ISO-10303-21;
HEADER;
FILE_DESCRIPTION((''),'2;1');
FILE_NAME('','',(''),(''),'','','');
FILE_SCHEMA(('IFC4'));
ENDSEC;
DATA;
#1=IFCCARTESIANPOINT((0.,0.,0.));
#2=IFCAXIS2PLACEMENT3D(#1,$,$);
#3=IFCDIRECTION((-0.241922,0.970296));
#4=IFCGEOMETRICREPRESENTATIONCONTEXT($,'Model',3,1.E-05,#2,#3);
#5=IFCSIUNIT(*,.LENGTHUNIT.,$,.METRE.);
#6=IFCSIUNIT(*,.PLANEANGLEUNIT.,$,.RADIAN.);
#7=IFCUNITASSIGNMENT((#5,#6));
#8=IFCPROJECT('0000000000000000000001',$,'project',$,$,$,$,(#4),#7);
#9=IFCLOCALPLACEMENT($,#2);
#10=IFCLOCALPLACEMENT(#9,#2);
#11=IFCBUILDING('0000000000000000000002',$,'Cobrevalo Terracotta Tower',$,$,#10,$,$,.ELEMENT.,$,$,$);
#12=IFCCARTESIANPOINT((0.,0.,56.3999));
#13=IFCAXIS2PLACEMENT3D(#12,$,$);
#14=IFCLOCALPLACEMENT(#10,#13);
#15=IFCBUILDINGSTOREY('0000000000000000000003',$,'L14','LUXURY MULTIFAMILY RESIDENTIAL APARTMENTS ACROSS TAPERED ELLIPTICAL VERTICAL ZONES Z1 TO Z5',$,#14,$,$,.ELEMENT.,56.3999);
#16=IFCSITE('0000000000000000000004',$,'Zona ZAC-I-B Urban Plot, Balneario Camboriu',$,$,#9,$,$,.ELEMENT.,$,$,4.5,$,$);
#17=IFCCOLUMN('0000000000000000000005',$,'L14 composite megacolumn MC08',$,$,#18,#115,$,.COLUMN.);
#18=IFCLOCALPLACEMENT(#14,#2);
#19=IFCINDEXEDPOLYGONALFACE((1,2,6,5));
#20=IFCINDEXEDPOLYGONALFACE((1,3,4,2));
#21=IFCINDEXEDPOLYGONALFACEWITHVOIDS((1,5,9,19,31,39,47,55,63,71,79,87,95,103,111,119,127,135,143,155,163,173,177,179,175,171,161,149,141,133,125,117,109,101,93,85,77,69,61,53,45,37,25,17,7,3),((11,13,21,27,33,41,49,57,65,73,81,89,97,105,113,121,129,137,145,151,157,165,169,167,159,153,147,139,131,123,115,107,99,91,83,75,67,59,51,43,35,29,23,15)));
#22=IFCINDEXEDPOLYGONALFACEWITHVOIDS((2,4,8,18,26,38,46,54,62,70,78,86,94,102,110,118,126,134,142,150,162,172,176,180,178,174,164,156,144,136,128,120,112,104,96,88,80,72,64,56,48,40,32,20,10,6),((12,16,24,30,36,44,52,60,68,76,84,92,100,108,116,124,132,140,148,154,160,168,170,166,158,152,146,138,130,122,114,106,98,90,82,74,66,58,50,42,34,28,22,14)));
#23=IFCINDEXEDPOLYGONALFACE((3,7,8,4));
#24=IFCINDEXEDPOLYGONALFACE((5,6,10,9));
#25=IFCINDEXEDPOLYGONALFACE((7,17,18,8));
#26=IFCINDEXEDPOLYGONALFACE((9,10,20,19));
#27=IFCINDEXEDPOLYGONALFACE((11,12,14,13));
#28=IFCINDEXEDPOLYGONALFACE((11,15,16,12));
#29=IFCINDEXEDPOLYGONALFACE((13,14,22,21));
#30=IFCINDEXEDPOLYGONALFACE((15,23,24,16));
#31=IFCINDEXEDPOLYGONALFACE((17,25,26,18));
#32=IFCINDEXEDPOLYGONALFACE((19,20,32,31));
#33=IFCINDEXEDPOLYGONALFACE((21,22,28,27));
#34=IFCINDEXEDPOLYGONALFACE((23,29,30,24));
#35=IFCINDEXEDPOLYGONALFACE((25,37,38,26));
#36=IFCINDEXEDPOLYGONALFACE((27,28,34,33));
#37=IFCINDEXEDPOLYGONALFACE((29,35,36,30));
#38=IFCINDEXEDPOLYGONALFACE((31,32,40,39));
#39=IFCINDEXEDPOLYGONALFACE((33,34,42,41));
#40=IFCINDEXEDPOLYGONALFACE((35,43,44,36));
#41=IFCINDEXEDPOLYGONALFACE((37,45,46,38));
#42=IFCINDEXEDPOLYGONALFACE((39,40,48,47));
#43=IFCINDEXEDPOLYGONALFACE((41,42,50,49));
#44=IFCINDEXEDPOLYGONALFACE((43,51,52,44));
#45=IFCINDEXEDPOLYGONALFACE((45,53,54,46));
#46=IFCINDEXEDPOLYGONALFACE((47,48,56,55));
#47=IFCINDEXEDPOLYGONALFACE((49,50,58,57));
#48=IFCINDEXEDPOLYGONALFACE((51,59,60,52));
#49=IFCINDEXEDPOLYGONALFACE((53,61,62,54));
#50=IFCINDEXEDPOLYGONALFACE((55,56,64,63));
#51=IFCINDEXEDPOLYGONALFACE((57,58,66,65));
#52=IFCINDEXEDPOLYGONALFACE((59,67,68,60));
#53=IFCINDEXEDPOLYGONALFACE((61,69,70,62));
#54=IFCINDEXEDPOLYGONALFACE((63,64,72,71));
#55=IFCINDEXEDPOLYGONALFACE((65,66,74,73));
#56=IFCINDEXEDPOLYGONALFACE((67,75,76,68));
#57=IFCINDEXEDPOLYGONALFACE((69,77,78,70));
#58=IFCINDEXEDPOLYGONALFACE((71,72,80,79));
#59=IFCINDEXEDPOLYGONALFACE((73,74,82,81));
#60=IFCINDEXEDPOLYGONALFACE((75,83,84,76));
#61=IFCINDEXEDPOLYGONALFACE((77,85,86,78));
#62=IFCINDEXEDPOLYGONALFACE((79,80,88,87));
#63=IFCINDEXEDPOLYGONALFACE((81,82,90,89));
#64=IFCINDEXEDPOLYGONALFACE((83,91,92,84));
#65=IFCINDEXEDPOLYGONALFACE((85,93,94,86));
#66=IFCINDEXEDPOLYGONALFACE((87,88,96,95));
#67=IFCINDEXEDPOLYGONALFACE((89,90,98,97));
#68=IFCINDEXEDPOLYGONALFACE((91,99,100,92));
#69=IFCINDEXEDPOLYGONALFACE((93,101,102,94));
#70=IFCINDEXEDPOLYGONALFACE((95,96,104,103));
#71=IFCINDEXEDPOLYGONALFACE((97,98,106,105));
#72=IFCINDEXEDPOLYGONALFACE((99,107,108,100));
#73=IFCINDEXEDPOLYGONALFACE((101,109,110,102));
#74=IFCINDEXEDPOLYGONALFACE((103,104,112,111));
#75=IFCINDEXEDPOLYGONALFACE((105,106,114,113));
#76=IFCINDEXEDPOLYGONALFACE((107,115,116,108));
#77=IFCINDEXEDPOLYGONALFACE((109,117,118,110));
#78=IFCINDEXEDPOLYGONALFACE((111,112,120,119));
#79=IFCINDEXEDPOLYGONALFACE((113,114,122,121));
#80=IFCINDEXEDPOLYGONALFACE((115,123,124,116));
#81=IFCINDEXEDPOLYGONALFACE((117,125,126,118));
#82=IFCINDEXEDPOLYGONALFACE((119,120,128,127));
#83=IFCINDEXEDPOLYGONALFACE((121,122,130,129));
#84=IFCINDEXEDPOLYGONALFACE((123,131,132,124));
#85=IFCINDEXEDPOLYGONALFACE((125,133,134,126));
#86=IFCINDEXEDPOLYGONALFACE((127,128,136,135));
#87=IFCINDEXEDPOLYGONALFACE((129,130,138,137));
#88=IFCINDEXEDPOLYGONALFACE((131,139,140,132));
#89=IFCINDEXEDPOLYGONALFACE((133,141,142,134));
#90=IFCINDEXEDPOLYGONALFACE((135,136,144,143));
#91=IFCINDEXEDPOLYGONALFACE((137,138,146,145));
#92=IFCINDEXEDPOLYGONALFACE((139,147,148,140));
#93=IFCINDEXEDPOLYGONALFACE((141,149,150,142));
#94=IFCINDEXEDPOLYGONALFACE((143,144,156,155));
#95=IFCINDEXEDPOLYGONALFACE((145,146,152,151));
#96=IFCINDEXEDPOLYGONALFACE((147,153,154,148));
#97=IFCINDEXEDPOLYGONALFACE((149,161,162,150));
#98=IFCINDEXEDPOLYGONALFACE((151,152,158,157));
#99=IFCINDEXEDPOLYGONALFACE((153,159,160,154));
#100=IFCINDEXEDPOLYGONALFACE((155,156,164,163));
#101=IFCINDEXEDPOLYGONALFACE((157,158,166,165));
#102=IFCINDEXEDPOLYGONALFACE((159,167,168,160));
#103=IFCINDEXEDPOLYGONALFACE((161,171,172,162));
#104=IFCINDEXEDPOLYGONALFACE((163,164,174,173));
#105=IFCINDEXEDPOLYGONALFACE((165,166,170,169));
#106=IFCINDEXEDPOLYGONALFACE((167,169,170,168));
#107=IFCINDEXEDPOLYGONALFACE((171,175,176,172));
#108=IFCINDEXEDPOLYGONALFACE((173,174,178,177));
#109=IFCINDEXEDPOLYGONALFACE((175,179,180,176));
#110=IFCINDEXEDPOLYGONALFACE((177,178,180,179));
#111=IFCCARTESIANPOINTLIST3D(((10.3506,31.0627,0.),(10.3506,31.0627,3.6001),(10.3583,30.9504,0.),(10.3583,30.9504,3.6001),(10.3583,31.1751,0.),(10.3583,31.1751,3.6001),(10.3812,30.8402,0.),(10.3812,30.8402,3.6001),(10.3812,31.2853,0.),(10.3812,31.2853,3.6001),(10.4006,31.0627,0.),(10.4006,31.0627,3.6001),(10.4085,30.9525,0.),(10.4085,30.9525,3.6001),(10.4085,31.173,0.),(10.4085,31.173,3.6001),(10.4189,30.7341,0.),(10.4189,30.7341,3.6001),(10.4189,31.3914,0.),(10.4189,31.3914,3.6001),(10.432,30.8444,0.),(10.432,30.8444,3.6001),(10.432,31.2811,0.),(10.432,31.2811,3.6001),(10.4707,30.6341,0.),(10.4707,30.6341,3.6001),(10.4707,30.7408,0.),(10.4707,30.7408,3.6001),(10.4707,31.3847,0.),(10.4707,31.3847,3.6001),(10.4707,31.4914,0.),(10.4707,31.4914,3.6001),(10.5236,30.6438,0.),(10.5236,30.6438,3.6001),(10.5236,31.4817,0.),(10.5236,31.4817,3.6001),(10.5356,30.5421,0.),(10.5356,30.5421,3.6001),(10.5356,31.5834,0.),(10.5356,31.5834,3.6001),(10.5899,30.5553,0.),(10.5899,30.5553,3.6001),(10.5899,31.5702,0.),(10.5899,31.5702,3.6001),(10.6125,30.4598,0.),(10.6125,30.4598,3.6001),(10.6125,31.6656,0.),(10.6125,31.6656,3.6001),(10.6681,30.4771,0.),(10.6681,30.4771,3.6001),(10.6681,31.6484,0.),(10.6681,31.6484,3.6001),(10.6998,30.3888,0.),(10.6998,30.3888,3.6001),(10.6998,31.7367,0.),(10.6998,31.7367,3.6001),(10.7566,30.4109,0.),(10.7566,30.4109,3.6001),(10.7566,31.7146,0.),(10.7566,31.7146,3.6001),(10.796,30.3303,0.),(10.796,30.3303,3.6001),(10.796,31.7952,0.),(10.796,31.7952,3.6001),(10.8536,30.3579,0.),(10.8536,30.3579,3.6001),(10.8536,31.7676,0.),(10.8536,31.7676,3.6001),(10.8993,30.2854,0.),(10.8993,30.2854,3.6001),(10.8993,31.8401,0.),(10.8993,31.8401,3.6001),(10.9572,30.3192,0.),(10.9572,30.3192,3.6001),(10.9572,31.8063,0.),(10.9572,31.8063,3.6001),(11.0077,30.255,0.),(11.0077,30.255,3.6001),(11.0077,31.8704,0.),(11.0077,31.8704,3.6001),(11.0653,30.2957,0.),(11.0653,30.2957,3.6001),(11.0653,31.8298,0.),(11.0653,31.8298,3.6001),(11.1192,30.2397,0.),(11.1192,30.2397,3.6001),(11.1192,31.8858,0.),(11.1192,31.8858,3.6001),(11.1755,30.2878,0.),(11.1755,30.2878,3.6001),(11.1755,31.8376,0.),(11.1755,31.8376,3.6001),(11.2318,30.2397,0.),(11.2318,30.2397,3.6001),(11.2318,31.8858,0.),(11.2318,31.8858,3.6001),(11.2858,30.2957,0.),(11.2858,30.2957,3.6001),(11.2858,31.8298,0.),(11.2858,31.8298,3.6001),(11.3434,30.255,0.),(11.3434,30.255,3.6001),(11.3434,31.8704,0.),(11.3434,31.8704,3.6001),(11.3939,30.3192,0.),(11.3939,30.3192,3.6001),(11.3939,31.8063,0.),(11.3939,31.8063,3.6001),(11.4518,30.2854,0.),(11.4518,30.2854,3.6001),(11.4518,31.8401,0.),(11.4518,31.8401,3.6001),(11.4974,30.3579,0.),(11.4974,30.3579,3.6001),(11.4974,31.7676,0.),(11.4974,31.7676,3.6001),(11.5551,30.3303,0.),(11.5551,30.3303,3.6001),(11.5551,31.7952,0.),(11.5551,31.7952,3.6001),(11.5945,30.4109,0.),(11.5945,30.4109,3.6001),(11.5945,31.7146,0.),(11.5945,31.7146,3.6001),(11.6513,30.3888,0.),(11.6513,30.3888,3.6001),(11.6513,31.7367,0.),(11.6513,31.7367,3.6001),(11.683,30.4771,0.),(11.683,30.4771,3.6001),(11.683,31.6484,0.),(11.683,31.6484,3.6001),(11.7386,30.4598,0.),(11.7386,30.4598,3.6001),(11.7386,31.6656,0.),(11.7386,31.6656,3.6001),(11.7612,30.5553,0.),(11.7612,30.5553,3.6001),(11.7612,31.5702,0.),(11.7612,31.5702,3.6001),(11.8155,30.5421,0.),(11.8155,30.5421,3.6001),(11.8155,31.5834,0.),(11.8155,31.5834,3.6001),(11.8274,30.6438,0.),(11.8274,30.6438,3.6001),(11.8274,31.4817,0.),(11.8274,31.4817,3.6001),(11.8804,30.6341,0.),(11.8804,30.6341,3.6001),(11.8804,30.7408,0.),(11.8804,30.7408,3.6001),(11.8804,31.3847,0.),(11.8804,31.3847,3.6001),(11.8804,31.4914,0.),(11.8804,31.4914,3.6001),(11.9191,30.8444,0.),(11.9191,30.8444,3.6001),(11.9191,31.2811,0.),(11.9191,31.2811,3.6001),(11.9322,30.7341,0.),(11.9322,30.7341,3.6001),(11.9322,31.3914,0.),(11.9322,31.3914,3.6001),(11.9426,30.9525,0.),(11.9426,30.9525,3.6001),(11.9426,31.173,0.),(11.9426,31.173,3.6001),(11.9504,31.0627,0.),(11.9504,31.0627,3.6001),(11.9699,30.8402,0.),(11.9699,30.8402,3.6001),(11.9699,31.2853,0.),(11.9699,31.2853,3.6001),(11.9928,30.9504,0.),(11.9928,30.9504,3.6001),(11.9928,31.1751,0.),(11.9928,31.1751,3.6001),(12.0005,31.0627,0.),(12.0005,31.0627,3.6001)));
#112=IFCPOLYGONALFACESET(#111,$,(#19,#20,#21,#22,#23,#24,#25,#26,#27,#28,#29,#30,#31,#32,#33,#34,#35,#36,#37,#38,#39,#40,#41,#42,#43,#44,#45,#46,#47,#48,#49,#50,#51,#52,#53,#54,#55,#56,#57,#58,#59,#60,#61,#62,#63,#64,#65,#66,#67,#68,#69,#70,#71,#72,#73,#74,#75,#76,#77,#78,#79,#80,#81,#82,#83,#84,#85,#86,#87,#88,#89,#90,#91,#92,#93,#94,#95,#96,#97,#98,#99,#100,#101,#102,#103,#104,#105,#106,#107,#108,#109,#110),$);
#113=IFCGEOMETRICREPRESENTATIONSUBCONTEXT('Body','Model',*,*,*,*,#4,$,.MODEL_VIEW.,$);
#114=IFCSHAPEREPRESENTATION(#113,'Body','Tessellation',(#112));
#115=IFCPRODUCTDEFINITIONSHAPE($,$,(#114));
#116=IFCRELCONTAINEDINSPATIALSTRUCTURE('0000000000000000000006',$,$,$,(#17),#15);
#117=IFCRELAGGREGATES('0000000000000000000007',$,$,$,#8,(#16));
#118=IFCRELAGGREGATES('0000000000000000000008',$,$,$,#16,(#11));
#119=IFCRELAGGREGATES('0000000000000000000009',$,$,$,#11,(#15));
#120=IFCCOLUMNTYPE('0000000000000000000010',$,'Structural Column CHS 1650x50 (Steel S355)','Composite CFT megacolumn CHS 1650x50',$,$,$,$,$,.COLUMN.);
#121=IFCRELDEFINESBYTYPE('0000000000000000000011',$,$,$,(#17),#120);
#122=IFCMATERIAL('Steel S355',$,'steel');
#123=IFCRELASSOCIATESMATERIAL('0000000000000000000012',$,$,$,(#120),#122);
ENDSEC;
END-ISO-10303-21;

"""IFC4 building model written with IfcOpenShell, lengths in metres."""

from ifc_helpers import new_model, si_unit, direction, frame, origin, origin_2d, place, context, subcontext, project, spatial, hollow_circle, extrude, material, material_profile, profile_set, type_object, element, save


model = new_model("IFC4")

# Units and contexts
model_context = context("Model", 3, precision=1e-05, world=origin(), true_north=direction((-0.241922, 0.970296)))
body_context = subcontext(model_context, "Body", "Model", "MODEL_VIEW")
ifc_project = project(units=[si_unit("LENGTHUNIT", "METRE"), si_unit("PLANEANGLEUNIT", "RADIAN")], contexts=[model_context])

# Site, building, storey
site_placement = place(None, origin())
site = spatial("IfcSite", under=ifc_project, at=site_placement, Name="Zona ZAC-I-B Urban Plot, Balneario Camboriu", CompositionType="ELEMENT", RefElevation=4.5)
building_placement = place(site_placement, origin())
building = spatial("IfcBuilding", under=site, at=building_placement, Name="Cobrevalo Terracotta Tower", CompositionType="ELEMENT")
storey_placement = place(building_placement, frame((0.0, 0.0, 56.3999)))
storey = spatial("IfcBuildingStorey", under=building, at=storey_placement, Name="L14", Description="LUXURY MULTIFAMILY RESIDENTIAL APARTMENTS ACROSS TAPERED ELLIPTICAL VERTICAL ZONES Z1 TO Z5", CompositionType="ELEMENT", Elevation=56.3999)

# Column
ifc_material_1 = material(Name="Steel S355", Category="steel")
ifc_material_profile_1 = material_profile(ifc_material_1, hollow_circle(Radius=0.825, WallThickness=0.05, at=origin_2d()), Name="CHS 1650x50")
ifc_profile_set_1 = profile_set([ifc_material_profile_1], Name="Steel S355")
column_type = type_object("IfcColumnType", Name="Structural Column CHS 1650x50 (Steel S355)", Description="Composite CFT megacolumn CHS 1650x50", PredefinedType="COLUMN", material=ifc_profile_set_1)
for number, where, z_axis, x_axis, name in (
    (1, (11.1755, 31.0627, 0.0), (0.0, 0.0, 1.0), (1.0, 0.0, 0.0), "L14 composite megacolumn MC08"),
):
    element("IfcColumn", number, at=place(storey_placement, frame(where, z_axis=z_axis, x_axis=x_axis)), inside=storey, type_object=column_type, Name=name, PredefinedType="COLUMN", context=body_context, shape_type="SweptSolid", body=[
        extrude(hollow_circle(Radius=0.825, WallThickness=0.05, at=origin_2d()), origin(), (0.0, 0.0, 1.0), 3.6001),
    ])

save(model, "model.ifc")
